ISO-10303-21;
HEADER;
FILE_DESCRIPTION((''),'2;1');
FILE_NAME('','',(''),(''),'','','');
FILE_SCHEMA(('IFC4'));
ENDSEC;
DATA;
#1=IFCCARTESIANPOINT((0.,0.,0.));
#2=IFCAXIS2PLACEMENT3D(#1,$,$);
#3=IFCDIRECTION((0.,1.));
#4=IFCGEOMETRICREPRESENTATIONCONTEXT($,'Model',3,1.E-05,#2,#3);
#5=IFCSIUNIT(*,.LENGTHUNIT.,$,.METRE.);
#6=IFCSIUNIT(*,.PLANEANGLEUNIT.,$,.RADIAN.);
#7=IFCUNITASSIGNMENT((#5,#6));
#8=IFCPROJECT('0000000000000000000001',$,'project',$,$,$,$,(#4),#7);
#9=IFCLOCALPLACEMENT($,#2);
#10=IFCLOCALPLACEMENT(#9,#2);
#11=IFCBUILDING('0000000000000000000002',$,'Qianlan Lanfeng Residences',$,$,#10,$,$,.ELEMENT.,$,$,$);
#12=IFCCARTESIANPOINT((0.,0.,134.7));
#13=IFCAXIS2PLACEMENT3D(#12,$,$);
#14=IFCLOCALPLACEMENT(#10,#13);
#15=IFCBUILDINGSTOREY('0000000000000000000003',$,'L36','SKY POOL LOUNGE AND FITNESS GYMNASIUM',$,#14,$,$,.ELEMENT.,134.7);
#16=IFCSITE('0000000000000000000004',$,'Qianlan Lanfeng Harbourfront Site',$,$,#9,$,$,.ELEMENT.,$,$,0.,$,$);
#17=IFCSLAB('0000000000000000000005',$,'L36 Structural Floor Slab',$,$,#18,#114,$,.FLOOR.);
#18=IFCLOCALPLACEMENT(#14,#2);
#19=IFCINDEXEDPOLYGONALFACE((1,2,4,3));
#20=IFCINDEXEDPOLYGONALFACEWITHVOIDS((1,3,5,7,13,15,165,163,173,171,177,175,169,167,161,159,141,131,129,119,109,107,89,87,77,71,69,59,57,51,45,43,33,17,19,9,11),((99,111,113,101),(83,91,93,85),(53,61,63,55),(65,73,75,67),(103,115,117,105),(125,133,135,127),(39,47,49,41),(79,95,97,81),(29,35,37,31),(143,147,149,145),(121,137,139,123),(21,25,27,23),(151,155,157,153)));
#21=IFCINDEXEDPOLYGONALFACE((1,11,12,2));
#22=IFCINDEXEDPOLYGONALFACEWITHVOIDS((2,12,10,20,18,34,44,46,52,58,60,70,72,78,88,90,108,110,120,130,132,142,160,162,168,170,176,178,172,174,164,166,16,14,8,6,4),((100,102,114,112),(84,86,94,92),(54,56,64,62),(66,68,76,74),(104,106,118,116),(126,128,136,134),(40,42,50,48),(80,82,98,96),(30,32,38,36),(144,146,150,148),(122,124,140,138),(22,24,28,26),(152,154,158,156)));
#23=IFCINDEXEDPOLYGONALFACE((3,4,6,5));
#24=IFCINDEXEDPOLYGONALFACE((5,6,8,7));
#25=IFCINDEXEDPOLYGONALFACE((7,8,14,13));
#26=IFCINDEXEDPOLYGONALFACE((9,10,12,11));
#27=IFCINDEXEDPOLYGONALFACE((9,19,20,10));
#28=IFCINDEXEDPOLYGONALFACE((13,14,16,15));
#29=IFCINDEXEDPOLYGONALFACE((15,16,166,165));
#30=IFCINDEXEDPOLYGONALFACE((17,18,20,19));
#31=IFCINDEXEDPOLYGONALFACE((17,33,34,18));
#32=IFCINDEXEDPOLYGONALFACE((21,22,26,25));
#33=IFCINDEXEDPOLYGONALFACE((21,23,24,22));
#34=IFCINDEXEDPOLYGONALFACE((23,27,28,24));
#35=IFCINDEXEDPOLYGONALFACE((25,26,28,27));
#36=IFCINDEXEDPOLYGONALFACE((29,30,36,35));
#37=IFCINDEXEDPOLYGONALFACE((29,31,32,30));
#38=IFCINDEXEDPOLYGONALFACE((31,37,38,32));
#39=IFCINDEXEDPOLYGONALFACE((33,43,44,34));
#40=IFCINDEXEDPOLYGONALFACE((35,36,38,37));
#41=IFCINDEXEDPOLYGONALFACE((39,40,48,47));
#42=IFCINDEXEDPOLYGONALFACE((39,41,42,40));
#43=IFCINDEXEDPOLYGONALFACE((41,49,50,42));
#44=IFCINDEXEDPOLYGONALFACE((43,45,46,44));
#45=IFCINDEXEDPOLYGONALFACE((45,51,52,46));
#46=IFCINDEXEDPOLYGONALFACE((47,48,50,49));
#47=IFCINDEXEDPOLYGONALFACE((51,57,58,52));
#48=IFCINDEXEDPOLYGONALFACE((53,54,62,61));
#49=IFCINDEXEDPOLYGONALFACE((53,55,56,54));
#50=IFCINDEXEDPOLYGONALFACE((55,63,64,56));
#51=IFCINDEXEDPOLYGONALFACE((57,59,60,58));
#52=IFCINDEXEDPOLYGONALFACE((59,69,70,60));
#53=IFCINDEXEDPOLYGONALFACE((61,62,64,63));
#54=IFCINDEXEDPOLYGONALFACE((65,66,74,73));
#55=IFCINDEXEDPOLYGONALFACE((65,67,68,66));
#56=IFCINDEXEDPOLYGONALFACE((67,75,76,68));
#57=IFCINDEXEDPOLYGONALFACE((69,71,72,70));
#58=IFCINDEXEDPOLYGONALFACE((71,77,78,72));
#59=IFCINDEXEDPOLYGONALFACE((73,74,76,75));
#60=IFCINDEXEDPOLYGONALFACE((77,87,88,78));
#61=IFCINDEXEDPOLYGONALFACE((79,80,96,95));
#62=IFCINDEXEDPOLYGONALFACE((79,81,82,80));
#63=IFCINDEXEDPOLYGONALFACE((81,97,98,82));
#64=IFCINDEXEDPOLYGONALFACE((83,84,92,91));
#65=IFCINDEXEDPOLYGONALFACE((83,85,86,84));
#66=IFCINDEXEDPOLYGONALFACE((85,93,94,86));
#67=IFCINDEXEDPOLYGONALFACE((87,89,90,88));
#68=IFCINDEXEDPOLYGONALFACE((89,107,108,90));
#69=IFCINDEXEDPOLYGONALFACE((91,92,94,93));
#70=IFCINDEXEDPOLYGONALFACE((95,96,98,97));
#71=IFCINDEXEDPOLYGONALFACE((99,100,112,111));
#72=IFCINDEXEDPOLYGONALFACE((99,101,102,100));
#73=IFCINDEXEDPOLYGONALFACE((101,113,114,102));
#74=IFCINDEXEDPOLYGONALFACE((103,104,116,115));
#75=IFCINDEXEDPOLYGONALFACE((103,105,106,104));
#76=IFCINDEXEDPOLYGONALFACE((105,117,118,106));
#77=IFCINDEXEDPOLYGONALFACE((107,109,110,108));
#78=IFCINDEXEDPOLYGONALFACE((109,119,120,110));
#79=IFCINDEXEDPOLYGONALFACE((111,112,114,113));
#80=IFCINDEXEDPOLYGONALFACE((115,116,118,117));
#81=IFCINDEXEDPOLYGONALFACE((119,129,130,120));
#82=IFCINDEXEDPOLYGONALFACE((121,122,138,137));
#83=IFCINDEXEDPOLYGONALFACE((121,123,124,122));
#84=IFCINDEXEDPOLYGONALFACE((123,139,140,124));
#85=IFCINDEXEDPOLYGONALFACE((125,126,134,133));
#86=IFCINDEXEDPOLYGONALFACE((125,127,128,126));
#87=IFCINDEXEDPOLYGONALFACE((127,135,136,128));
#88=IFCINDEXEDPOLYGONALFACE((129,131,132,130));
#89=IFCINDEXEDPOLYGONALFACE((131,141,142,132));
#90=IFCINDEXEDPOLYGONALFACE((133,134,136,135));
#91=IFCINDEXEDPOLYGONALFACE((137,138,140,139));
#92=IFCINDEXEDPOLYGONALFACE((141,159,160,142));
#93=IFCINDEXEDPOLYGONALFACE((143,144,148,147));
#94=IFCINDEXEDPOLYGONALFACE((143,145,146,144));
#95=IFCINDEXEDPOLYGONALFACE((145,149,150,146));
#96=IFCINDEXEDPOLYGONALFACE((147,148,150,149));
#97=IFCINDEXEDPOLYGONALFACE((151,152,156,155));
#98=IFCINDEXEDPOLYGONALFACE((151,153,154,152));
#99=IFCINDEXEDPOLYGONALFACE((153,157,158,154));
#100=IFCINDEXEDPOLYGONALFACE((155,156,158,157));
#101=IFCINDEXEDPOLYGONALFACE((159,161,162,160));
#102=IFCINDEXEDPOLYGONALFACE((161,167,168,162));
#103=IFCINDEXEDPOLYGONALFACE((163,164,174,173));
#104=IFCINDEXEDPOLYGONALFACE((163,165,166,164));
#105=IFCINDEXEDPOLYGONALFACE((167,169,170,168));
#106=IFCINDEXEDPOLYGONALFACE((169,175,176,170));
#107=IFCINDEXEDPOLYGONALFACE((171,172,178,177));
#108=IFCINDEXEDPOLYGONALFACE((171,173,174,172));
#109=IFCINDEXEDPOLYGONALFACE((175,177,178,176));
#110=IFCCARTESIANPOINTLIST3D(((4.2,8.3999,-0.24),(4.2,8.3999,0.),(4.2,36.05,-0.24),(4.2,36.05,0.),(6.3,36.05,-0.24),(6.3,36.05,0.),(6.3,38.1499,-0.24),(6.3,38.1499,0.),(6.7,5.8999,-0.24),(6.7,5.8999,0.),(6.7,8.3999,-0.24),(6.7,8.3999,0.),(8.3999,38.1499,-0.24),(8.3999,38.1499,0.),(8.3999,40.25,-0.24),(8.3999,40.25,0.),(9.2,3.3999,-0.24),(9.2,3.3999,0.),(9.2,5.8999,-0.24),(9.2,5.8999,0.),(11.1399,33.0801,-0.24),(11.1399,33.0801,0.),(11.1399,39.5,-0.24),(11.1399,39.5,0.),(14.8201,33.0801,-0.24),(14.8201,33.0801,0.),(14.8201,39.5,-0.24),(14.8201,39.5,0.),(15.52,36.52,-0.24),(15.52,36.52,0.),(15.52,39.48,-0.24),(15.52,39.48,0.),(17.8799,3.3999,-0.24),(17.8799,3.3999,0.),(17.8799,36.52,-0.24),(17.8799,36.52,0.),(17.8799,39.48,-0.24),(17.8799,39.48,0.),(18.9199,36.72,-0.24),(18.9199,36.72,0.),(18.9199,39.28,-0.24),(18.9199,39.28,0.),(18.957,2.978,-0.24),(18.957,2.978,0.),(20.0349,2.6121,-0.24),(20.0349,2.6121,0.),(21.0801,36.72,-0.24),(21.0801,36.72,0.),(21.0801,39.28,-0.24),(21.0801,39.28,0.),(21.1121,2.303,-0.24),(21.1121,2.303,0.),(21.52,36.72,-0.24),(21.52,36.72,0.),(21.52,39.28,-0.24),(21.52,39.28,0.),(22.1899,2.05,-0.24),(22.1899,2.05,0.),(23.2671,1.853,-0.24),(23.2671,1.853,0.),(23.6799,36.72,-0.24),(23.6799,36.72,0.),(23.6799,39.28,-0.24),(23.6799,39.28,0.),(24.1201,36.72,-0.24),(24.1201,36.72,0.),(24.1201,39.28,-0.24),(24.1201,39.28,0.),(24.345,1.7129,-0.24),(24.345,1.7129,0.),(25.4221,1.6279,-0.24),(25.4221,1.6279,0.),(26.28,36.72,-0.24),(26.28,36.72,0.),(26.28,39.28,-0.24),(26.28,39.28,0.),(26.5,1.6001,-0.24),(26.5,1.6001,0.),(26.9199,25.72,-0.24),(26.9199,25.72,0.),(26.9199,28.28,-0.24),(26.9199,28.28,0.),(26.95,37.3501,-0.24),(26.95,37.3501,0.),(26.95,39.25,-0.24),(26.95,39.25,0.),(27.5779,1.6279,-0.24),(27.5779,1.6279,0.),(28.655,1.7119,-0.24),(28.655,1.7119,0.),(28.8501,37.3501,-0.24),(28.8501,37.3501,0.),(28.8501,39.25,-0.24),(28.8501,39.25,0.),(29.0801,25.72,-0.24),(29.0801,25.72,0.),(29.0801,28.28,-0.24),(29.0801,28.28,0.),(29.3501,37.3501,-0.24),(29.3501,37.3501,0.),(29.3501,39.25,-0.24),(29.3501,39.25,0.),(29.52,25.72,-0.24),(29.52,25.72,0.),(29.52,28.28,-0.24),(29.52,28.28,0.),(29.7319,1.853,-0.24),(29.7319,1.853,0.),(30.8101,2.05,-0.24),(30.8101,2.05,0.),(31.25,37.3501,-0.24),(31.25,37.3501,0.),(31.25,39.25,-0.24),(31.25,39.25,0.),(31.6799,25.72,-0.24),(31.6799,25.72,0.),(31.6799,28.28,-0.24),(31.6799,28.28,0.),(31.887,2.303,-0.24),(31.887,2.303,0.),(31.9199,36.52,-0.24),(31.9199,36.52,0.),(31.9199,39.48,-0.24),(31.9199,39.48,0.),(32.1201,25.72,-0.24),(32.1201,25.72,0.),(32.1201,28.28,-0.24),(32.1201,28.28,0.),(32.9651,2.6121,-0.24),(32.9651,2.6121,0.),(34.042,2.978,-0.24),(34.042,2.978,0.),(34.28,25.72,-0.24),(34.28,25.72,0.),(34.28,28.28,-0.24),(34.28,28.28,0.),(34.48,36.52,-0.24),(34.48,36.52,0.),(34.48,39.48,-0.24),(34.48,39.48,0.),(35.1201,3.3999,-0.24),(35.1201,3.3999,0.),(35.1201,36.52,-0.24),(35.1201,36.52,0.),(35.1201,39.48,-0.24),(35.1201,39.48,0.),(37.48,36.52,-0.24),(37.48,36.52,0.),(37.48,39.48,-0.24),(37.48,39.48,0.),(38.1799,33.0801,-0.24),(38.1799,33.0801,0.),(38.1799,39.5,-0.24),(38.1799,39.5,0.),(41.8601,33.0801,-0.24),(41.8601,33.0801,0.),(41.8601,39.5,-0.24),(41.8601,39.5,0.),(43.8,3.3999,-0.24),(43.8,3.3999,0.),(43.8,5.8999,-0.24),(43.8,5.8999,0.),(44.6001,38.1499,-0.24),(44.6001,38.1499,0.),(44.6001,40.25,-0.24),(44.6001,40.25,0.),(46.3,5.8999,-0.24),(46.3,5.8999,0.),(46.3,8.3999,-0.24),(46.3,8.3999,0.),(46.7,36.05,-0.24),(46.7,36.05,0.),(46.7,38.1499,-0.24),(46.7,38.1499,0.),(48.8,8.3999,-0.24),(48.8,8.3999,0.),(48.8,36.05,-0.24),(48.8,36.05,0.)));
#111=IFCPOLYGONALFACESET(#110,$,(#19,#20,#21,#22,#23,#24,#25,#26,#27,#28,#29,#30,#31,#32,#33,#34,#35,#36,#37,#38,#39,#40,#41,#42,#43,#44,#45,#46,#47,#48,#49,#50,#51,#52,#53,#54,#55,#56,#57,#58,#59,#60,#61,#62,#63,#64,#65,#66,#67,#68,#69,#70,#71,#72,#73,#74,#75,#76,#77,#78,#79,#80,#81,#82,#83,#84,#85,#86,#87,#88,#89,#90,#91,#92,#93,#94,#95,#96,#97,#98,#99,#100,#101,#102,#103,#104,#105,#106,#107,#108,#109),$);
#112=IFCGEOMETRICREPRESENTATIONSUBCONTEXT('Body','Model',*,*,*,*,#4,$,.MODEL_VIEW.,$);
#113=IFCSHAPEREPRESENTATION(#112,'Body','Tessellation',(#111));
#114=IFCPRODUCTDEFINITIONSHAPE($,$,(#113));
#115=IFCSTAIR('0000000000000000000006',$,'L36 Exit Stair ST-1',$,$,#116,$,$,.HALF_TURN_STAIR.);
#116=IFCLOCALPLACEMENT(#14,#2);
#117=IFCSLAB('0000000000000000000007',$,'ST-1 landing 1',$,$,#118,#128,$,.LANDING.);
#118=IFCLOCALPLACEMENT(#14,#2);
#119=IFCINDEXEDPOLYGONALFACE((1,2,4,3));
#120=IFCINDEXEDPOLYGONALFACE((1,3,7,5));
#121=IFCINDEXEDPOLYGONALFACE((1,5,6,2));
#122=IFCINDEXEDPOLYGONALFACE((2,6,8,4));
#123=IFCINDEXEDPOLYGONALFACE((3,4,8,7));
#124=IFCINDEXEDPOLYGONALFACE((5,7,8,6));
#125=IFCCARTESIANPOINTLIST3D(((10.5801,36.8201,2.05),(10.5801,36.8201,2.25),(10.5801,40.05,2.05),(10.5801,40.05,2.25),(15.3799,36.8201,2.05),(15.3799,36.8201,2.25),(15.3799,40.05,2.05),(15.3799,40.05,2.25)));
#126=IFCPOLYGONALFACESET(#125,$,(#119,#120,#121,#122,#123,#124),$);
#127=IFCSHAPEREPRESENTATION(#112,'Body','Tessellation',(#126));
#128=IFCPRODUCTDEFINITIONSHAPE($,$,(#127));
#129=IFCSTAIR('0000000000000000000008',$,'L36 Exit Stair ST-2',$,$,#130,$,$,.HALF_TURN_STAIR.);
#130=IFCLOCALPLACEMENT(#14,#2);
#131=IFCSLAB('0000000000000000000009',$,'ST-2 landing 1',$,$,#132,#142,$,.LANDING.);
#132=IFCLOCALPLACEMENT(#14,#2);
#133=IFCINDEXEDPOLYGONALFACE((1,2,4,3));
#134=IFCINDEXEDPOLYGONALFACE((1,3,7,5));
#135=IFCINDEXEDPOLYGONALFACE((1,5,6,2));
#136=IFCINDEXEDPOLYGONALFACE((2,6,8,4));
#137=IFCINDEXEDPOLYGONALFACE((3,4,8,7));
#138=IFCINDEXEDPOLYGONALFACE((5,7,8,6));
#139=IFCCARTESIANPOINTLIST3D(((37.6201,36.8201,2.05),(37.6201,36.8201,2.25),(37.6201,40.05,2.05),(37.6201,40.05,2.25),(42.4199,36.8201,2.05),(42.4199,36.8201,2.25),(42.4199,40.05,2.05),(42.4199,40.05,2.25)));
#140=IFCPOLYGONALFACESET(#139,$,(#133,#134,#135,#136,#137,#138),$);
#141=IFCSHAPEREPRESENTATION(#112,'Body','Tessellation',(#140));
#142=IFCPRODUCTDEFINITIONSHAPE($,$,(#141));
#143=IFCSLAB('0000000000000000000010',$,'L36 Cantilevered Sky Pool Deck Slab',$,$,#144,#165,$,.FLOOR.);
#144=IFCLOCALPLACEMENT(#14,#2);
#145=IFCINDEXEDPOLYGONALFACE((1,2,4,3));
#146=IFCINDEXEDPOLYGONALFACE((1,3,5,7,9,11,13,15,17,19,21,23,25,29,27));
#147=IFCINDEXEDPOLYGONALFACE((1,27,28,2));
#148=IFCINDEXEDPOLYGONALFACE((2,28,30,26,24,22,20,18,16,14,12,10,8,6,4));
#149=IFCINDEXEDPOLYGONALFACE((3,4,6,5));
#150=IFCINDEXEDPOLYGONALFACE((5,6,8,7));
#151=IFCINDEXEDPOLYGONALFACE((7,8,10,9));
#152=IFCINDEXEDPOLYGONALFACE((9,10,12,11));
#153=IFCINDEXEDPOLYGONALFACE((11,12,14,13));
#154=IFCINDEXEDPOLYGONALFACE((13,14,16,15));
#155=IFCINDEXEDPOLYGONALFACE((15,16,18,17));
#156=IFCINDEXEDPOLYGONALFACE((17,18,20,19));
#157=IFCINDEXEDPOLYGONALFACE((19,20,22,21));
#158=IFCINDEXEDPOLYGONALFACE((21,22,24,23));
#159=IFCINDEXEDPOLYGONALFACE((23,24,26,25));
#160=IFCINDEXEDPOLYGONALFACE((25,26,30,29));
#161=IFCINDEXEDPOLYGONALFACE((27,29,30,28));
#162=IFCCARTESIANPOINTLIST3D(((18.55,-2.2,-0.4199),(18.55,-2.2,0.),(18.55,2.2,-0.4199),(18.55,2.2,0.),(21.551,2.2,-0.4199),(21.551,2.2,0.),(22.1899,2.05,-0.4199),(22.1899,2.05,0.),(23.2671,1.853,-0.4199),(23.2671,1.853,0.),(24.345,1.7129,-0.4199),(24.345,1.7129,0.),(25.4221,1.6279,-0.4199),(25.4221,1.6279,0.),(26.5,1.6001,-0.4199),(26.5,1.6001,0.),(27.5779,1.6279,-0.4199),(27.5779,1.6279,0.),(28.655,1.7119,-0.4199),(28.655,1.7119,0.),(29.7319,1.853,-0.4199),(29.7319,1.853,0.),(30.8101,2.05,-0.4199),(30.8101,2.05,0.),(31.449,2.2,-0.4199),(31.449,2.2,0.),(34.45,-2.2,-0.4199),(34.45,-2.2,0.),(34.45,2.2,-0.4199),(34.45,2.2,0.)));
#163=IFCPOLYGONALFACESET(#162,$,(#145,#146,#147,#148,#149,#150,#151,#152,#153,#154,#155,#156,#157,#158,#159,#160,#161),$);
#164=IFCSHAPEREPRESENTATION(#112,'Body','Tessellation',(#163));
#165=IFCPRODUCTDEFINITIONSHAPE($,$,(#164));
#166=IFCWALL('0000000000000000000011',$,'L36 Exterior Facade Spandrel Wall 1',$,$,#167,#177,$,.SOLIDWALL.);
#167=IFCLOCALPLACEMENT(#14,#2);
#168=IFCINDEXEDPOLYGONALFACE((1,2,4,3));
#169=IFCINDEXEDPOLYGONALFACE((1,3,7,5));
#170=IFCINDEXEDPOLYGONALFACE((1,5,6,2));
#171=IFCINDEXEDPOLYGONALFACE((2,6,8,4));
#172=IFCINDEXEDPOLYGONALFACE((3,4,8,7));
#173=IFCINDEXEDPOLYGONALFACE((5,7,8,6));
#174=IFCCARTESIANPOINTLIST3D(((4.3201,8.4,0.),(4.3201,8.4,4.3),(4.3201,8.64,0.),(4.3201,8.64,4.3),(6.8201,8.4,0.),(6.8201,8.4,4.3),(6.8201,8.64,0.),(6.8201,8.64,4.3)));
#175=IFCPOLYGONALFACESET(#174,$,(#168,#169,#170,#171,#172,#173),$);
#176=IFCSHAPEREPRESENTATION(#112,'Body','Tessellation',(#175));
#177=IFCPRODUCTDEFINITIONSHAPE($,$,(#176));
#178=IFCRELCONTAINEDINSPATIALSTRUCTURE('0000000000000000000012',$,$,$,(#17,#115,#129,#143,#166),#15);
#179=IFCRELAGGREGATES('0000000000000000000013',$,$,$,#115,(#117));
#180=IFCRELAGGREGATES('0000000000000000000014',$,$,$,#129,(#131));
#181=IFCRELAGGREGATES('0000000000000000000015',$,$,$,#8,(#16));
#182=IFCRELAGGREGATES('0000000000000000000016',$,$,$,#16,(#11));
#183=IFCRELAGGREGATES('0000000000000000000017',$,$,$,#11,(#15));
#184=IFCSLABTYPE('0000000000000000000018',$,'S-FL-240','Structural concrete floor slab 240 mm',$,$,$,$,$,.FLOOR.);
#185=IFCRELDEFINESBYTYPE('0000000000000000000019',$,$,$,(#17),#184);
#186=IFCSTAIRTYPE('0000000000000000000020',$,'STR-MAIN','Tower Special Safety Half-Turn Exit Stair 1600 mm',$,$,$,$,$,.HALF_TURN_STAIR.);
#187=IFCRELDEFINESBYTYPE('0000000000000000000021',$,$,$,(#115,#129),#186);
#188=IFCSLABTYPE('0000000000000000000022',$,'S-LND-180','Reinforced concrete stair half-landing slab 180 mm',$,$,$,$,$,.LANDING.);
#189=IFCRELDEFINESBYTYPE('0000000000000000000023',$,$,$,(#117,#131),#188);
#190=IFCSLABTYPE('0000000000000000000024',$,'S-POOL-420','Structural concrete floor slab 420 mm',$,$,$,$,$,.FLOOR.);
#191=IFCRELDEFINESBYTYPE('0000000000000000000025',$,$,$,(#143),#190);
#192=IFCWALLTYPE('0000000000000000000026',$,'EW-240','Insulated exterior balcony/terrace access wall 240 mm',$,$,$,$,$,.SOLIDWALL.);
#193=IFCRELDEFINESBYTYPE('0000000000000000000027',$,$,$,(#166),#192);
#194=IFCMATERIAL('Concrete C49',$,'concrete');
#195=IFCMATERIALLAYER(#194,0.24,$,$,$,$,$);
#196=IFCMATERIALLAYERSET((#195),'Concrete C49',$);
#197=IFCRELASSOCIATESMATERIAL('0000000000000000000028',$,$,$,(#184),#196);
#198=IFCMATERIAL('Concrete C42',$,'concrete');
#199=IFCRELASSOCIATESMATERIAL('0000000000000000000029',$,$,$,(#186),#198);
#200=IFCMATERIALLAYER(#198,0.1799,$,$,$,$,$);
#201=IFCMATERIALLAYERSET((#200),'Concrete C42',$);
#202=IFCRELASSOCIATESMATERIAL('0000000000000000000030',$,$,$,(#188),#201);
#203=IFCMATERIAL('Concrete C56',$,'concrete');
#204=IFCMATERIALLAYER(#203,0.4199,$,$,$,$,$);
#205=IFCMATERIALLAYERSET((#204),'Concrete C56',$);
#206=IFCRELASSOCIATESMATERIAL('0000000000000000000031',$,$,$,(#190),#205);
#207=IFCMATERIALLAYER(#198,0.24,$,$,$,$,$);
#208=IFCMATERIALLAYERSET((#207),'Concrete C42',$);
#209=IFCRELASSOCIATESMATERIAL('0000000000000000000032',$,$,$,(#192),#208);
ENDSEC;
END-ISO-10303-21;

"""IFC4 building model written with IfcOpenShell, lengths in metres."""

from ifc_helpers import new_model, si_unit, direction, frame, frame_2d, origin, place, context, subcontext, project, spatial, polyline, rectangle, outline, extrude, material, layer, layer_set, type_object, element, aggregate, save


model = new_model("IFC4")

# Units and contexts
model_context = context("Model", 3, precision=1e-05, world=origin(), true_north=direction((0.0, 1.0)))
body_context = subcontext(model_context, "Body", "Model", "MODEL_VIEW")
ifc_project = project(units=[si_unit("LENGTHUNIT", "METRE"), si_unit("PLANEANGLEUNIT", "RADIAN")], contexts=[model_context])

# Site, building, storey
site_placement = place(None, origin())
site = spatial("IfcSite", under=ifc_project, at=site_placement, Name="Qianlan Lanfeng Harbourfront Site", CompositionType="ELEMENT", RefElevation=0.0)
building_placement = place(site_placement, origin())
building = spatial("IfcBuilding", under=site, at=building_placement, Name="Qianlan Lanfeng Residences", CompositionType="ELEMENT")
storey_placement = place(building_placement, frame((0.0, 0.0, 134.7)))
storey = spatial("IfcBuildingStorey", under=building, at=storey_placement, Name="L36", Description="SKY POOL LOUNGE AND FITNESS GYMNASIUM", CompositionType="ELEMENT", Elevation=134.7)

# Slab
ifc_material_1 = material(Name="Concrete C49", Category="concrete")
ifc_layer_1 = layer(ifc_material_1, 0.24)
ifc_layer_set_1 = layer_set([ifc_layer_1], Name="Concrete C49")
slab_type_1 = type_object("IfcSlabType", Name="S-FL-240", Description="Structural concrete floor slab 240 mm", PredefinedType="FLOOR", material=ifc_layer_set_1)
slab_1_placement = place(storey_placement, frame((0.0, 0.0, -0.24)))
element("IfcSlab", 1, at=slab_1_placement, inside=storey, type_object=slab_type_1, Name="L36 Structural Floor Slab", PredefinedType="FLOOR", context=body_context, shape_type="SweptSolid", body=[
    extrude(outline(polyline([(4.2, 8.3999), (6.7, 8.3999), (6.7, 5.8999), (9.2, 5.8999), (9.2, 3.3999), (17.8799, 3.3999), (18.957, 2.978), (20.0349, 2.6121), (21.1121, 2.303), (22.1899, 2.05), (23.2671, 1.853), (24.345, 1.7129), (25.4221, 1.6279), (26.5, 1.6001), (27.5779, 1.6279), (28.655, 1.7119), (29.7319, 1.853), (30.8101, 2.05), (31.887, 2.303), (32.9651, 2.6121), (34.042, 2.978), (35.1201, 3.3999), (43.8, 3.3999), (43.8, 5.8999), (46.3, 5.8999), (46.3, 8.3999), (48.8, 8.3999), (48.8, 36.05), (46.7, 36.05), (46.7, 38.1499), (44.6001, 38.1499), (44.6001, 40.25), (8.3999, 40.25), (8.3999, 38.1499), (6.3, 38.1499), (6.3, 36.05), (4.2, 36.05), (4.2, 8.3999)]), holes=[polyline([(11.1399, 33.0801), (11.1399, 39.5), (14.8201, 39.5), (14.8201, 33.0801), (11.1399, 33.0801)]), polyline([(38.1799, 33.0801), (38.1799, 39.5), (41.8601, 39.5), (41.8601, 33.0801), (38.1799, 33.0801)]), polyline([(15.52, 36.52), (15.52, 39.48), (17.8799, 39.48), (17.8799, 36.52), (15.52, 36.52)]), polyline([(35.1201, 36.52), (35.1201, 39.48), (37.48, 39.48), (37.48, 36.52), (35.1201, 36.52)]), polyline([(31.9199, 36.52), (31.9199, 39.48), (34.48, 39.48), (34.48, 36.52), (31.9199, 36.52)]), polyline([(26.9199, 25.72), (26.9199, 28.28), (29.0801, 28.28), (29.0801, 25.72), (26.9199, 25.72)]), polyline([(29.52, 25.72), (29.52, 28.28), (31.6799, 28.28), (31.6799, 25.72), (29.52, 25.72)]), polyline([(32.1201, 25.72), (32.1201, 28.28), (34.28, 28.28), (34.28, 25.72), (32.1201, 25.72)]), polyline([(18.9199, 36.72), (18.9199, 39.28), (21.0801, 39.28), (21.0801, 36.72), (18.9199, 36.72)]), polyline([(21.52, 36.72), (21.52, 39.28), (23.6799, 39.28), (23.6799, 36.72), (21.52, 36.72)]), polyline([(24.1201, 36.72), (24.1201, 39.28), (26.28, 39.28), (26.28, 36.72), (24.1201, 36.72)]), polyline([(26.95, 37.3501), (26.95, 39.25), (28.8501, 39.25), (28.8501, 37.3501), (26.95, 37.3501)]), polyline([(29.3501, 37.3501), (29.3501, 39.25), (31.25, 39.25), (31.25, 37.3501), (29.3501, 37.3501)])]), origin(), (0.0, 0.0, 1.0), 0.24),
])

# Stairs, slabs
ifc_material_2 = material(Name="Concrete C42", Category="concrete")
stair_type = type_object("IfcStairType", Name="STR-MAIN", Description="Tower Special Safety Half-Turn Exit Stair 1600 mm", PredefinedType="HALF_TURN_STAIR", material=ifc_material_2)
stair_1_placement = place(storey_placement, origin())
stair_1 = element("IfcStair", 2, at=stair_1_placement, inside=storey, type_object=stair_type, Name="L36 Exit Stair ST-1", PredefinedType="HALF_TURN_STAIR")
ifc_layer_2 = layer(ifc_material_2, 0.1799)
ifc_layer_set_2 = layer_set([ifc_layer_2], Name="Concrete C42")
slab_type_2 = type_object("IfcSlabType", Name="S-LND-180", Description="Reinforced concrete stair half-landing slab 180 mm", PredefinedType="LANDING", material=ifc_layer_set_2)
slab_2_placement = place(storey_placement, frame((0.0, 0.0, 2.05)))
slab_2 = element("IfcSlab", 3, at=slab_2_placement, type_object=slab_type_2, Name="ST-1 landing 1", PredefinedType="LANDING", context=body_context, shape_type="SweptSolid", body=[
    extrude(outline(polyline([(10.5801, 36.8201), (15.3799, 36.8201), (15.3799, 40.05), (10.5801, 40.05), (10.5801, 36.8201)])), origin(), (0.0, 0.0, 1.0), 0.2),
])
aggregate(stair_1, [slab_2])
stair_2_placement = place(storey_placement, origin())
stair_2 = element("IfcStair", 4, at=stair_2_placement, inside=storey, type_object=stair_type, Name="L36 Exit Stair ST-2", PredefinedType="HALF_TURN_STAIR")
slab_3_placement = place(storey_placement, frame((0.0, 0.0, 2.05)))
slab_3 = element("IfcSlab", 5, at=slab_3_placement, type_object=slab_type_2, Name="ST-2 landing 1", PredefinedType="LANDING", context=body_context, shape_type="SweptSolid", body=[
    extrude(outline(polyline([(37.6201, 36.8201), (42.4199, 36.8201), (42.4199, 40.05), (37.6201, 40.05), (37.6201, 36.8201)])), origin(), (0.0, 0.0, 1.0), 0.2),
])
aggregate(stair_2, [slab_3])

# Slab
ifc_material_3 = material(Name="Concrete C56", Category="concrete")
ifc_layer_3 = layer(ifc_material_3, 0.4199)
ifc_layer_set_3 = layer_set([ifc_layer_3], Name="Concrete C56")
slab_type_3 = type_object("IfcSlabType", Name="S-POOL-420", Description="Structural concrete floor slab 420 mm", PredefinedType="FLOOR", material=ifc_layer_set_3)
slab_4_placement = place(storey_placement, frame((0.0, 0.0, -0.4199)))
element("IfcSlab", 6, at=slab_4_placement, inside=storey, type_object=slab_type_3, Name="L36 Cantilevered Sky Pool Deck Slab", PredefinedType="FLOOR", context=body_context, shape_type="SweptSolid", body=[
    extrude(outline(polyline([(31.449, 2.2), (30.8101, 2.05), (29.7319, 1.853), (28.655, 1.7119), (27.5779, 1.6279), (26.5, 1.6001), (25.4221, 1.6279), (24.345, 1.7129), (23.2671, 1.853), (22.1899, 2.05), (21.551, 2.2), (18.55, 2.2), (18.55, -2.2), (34.45, -2.2), (34.45, 2.2), (31.449, 2.2)])), origin(), (0.0, 0.0, 1.0), 0.4199),
])

# Wall
ifc_layer_4 = layer(ifc_material_2, 0.24)
ifc_layer_set_4 = layer_set([ifc_layer_4], Name="Concrete C42")
wall_type = type_object("IfcWallType", Name="EW-240", Description="Insulated exterior balcony/terrace access wall 240 mm", PredefinedType="SOLIDWALL", material=ifc_layer_set_4)
for number, where, z_axis, x_axis, name in (
    (7, (4.3201, 8.52, 0.0), (0.0, 0.0, 1.0), (1.0, 0.0, 0.0), "L36 Exterior Facade Spandrel Wall 1"),
):
    element("IfcWall", number, at=place(storey_placement, frame(where, z_axis=z_axis, x_axis=x_axis)), inside=storey, type_object=wall_type, Name=name, PredefinedType="SOLIDWALL", context=body_context, shape_type="SweptSolid", body=[
        extrude(rectangle(XDim=2.5, YDim=0.24, at=frame_2d((1.25, 0.0))), origin(), (0.0, 0.0, 1.0), 4.3),
    ])

save(model, "model.ifc")
